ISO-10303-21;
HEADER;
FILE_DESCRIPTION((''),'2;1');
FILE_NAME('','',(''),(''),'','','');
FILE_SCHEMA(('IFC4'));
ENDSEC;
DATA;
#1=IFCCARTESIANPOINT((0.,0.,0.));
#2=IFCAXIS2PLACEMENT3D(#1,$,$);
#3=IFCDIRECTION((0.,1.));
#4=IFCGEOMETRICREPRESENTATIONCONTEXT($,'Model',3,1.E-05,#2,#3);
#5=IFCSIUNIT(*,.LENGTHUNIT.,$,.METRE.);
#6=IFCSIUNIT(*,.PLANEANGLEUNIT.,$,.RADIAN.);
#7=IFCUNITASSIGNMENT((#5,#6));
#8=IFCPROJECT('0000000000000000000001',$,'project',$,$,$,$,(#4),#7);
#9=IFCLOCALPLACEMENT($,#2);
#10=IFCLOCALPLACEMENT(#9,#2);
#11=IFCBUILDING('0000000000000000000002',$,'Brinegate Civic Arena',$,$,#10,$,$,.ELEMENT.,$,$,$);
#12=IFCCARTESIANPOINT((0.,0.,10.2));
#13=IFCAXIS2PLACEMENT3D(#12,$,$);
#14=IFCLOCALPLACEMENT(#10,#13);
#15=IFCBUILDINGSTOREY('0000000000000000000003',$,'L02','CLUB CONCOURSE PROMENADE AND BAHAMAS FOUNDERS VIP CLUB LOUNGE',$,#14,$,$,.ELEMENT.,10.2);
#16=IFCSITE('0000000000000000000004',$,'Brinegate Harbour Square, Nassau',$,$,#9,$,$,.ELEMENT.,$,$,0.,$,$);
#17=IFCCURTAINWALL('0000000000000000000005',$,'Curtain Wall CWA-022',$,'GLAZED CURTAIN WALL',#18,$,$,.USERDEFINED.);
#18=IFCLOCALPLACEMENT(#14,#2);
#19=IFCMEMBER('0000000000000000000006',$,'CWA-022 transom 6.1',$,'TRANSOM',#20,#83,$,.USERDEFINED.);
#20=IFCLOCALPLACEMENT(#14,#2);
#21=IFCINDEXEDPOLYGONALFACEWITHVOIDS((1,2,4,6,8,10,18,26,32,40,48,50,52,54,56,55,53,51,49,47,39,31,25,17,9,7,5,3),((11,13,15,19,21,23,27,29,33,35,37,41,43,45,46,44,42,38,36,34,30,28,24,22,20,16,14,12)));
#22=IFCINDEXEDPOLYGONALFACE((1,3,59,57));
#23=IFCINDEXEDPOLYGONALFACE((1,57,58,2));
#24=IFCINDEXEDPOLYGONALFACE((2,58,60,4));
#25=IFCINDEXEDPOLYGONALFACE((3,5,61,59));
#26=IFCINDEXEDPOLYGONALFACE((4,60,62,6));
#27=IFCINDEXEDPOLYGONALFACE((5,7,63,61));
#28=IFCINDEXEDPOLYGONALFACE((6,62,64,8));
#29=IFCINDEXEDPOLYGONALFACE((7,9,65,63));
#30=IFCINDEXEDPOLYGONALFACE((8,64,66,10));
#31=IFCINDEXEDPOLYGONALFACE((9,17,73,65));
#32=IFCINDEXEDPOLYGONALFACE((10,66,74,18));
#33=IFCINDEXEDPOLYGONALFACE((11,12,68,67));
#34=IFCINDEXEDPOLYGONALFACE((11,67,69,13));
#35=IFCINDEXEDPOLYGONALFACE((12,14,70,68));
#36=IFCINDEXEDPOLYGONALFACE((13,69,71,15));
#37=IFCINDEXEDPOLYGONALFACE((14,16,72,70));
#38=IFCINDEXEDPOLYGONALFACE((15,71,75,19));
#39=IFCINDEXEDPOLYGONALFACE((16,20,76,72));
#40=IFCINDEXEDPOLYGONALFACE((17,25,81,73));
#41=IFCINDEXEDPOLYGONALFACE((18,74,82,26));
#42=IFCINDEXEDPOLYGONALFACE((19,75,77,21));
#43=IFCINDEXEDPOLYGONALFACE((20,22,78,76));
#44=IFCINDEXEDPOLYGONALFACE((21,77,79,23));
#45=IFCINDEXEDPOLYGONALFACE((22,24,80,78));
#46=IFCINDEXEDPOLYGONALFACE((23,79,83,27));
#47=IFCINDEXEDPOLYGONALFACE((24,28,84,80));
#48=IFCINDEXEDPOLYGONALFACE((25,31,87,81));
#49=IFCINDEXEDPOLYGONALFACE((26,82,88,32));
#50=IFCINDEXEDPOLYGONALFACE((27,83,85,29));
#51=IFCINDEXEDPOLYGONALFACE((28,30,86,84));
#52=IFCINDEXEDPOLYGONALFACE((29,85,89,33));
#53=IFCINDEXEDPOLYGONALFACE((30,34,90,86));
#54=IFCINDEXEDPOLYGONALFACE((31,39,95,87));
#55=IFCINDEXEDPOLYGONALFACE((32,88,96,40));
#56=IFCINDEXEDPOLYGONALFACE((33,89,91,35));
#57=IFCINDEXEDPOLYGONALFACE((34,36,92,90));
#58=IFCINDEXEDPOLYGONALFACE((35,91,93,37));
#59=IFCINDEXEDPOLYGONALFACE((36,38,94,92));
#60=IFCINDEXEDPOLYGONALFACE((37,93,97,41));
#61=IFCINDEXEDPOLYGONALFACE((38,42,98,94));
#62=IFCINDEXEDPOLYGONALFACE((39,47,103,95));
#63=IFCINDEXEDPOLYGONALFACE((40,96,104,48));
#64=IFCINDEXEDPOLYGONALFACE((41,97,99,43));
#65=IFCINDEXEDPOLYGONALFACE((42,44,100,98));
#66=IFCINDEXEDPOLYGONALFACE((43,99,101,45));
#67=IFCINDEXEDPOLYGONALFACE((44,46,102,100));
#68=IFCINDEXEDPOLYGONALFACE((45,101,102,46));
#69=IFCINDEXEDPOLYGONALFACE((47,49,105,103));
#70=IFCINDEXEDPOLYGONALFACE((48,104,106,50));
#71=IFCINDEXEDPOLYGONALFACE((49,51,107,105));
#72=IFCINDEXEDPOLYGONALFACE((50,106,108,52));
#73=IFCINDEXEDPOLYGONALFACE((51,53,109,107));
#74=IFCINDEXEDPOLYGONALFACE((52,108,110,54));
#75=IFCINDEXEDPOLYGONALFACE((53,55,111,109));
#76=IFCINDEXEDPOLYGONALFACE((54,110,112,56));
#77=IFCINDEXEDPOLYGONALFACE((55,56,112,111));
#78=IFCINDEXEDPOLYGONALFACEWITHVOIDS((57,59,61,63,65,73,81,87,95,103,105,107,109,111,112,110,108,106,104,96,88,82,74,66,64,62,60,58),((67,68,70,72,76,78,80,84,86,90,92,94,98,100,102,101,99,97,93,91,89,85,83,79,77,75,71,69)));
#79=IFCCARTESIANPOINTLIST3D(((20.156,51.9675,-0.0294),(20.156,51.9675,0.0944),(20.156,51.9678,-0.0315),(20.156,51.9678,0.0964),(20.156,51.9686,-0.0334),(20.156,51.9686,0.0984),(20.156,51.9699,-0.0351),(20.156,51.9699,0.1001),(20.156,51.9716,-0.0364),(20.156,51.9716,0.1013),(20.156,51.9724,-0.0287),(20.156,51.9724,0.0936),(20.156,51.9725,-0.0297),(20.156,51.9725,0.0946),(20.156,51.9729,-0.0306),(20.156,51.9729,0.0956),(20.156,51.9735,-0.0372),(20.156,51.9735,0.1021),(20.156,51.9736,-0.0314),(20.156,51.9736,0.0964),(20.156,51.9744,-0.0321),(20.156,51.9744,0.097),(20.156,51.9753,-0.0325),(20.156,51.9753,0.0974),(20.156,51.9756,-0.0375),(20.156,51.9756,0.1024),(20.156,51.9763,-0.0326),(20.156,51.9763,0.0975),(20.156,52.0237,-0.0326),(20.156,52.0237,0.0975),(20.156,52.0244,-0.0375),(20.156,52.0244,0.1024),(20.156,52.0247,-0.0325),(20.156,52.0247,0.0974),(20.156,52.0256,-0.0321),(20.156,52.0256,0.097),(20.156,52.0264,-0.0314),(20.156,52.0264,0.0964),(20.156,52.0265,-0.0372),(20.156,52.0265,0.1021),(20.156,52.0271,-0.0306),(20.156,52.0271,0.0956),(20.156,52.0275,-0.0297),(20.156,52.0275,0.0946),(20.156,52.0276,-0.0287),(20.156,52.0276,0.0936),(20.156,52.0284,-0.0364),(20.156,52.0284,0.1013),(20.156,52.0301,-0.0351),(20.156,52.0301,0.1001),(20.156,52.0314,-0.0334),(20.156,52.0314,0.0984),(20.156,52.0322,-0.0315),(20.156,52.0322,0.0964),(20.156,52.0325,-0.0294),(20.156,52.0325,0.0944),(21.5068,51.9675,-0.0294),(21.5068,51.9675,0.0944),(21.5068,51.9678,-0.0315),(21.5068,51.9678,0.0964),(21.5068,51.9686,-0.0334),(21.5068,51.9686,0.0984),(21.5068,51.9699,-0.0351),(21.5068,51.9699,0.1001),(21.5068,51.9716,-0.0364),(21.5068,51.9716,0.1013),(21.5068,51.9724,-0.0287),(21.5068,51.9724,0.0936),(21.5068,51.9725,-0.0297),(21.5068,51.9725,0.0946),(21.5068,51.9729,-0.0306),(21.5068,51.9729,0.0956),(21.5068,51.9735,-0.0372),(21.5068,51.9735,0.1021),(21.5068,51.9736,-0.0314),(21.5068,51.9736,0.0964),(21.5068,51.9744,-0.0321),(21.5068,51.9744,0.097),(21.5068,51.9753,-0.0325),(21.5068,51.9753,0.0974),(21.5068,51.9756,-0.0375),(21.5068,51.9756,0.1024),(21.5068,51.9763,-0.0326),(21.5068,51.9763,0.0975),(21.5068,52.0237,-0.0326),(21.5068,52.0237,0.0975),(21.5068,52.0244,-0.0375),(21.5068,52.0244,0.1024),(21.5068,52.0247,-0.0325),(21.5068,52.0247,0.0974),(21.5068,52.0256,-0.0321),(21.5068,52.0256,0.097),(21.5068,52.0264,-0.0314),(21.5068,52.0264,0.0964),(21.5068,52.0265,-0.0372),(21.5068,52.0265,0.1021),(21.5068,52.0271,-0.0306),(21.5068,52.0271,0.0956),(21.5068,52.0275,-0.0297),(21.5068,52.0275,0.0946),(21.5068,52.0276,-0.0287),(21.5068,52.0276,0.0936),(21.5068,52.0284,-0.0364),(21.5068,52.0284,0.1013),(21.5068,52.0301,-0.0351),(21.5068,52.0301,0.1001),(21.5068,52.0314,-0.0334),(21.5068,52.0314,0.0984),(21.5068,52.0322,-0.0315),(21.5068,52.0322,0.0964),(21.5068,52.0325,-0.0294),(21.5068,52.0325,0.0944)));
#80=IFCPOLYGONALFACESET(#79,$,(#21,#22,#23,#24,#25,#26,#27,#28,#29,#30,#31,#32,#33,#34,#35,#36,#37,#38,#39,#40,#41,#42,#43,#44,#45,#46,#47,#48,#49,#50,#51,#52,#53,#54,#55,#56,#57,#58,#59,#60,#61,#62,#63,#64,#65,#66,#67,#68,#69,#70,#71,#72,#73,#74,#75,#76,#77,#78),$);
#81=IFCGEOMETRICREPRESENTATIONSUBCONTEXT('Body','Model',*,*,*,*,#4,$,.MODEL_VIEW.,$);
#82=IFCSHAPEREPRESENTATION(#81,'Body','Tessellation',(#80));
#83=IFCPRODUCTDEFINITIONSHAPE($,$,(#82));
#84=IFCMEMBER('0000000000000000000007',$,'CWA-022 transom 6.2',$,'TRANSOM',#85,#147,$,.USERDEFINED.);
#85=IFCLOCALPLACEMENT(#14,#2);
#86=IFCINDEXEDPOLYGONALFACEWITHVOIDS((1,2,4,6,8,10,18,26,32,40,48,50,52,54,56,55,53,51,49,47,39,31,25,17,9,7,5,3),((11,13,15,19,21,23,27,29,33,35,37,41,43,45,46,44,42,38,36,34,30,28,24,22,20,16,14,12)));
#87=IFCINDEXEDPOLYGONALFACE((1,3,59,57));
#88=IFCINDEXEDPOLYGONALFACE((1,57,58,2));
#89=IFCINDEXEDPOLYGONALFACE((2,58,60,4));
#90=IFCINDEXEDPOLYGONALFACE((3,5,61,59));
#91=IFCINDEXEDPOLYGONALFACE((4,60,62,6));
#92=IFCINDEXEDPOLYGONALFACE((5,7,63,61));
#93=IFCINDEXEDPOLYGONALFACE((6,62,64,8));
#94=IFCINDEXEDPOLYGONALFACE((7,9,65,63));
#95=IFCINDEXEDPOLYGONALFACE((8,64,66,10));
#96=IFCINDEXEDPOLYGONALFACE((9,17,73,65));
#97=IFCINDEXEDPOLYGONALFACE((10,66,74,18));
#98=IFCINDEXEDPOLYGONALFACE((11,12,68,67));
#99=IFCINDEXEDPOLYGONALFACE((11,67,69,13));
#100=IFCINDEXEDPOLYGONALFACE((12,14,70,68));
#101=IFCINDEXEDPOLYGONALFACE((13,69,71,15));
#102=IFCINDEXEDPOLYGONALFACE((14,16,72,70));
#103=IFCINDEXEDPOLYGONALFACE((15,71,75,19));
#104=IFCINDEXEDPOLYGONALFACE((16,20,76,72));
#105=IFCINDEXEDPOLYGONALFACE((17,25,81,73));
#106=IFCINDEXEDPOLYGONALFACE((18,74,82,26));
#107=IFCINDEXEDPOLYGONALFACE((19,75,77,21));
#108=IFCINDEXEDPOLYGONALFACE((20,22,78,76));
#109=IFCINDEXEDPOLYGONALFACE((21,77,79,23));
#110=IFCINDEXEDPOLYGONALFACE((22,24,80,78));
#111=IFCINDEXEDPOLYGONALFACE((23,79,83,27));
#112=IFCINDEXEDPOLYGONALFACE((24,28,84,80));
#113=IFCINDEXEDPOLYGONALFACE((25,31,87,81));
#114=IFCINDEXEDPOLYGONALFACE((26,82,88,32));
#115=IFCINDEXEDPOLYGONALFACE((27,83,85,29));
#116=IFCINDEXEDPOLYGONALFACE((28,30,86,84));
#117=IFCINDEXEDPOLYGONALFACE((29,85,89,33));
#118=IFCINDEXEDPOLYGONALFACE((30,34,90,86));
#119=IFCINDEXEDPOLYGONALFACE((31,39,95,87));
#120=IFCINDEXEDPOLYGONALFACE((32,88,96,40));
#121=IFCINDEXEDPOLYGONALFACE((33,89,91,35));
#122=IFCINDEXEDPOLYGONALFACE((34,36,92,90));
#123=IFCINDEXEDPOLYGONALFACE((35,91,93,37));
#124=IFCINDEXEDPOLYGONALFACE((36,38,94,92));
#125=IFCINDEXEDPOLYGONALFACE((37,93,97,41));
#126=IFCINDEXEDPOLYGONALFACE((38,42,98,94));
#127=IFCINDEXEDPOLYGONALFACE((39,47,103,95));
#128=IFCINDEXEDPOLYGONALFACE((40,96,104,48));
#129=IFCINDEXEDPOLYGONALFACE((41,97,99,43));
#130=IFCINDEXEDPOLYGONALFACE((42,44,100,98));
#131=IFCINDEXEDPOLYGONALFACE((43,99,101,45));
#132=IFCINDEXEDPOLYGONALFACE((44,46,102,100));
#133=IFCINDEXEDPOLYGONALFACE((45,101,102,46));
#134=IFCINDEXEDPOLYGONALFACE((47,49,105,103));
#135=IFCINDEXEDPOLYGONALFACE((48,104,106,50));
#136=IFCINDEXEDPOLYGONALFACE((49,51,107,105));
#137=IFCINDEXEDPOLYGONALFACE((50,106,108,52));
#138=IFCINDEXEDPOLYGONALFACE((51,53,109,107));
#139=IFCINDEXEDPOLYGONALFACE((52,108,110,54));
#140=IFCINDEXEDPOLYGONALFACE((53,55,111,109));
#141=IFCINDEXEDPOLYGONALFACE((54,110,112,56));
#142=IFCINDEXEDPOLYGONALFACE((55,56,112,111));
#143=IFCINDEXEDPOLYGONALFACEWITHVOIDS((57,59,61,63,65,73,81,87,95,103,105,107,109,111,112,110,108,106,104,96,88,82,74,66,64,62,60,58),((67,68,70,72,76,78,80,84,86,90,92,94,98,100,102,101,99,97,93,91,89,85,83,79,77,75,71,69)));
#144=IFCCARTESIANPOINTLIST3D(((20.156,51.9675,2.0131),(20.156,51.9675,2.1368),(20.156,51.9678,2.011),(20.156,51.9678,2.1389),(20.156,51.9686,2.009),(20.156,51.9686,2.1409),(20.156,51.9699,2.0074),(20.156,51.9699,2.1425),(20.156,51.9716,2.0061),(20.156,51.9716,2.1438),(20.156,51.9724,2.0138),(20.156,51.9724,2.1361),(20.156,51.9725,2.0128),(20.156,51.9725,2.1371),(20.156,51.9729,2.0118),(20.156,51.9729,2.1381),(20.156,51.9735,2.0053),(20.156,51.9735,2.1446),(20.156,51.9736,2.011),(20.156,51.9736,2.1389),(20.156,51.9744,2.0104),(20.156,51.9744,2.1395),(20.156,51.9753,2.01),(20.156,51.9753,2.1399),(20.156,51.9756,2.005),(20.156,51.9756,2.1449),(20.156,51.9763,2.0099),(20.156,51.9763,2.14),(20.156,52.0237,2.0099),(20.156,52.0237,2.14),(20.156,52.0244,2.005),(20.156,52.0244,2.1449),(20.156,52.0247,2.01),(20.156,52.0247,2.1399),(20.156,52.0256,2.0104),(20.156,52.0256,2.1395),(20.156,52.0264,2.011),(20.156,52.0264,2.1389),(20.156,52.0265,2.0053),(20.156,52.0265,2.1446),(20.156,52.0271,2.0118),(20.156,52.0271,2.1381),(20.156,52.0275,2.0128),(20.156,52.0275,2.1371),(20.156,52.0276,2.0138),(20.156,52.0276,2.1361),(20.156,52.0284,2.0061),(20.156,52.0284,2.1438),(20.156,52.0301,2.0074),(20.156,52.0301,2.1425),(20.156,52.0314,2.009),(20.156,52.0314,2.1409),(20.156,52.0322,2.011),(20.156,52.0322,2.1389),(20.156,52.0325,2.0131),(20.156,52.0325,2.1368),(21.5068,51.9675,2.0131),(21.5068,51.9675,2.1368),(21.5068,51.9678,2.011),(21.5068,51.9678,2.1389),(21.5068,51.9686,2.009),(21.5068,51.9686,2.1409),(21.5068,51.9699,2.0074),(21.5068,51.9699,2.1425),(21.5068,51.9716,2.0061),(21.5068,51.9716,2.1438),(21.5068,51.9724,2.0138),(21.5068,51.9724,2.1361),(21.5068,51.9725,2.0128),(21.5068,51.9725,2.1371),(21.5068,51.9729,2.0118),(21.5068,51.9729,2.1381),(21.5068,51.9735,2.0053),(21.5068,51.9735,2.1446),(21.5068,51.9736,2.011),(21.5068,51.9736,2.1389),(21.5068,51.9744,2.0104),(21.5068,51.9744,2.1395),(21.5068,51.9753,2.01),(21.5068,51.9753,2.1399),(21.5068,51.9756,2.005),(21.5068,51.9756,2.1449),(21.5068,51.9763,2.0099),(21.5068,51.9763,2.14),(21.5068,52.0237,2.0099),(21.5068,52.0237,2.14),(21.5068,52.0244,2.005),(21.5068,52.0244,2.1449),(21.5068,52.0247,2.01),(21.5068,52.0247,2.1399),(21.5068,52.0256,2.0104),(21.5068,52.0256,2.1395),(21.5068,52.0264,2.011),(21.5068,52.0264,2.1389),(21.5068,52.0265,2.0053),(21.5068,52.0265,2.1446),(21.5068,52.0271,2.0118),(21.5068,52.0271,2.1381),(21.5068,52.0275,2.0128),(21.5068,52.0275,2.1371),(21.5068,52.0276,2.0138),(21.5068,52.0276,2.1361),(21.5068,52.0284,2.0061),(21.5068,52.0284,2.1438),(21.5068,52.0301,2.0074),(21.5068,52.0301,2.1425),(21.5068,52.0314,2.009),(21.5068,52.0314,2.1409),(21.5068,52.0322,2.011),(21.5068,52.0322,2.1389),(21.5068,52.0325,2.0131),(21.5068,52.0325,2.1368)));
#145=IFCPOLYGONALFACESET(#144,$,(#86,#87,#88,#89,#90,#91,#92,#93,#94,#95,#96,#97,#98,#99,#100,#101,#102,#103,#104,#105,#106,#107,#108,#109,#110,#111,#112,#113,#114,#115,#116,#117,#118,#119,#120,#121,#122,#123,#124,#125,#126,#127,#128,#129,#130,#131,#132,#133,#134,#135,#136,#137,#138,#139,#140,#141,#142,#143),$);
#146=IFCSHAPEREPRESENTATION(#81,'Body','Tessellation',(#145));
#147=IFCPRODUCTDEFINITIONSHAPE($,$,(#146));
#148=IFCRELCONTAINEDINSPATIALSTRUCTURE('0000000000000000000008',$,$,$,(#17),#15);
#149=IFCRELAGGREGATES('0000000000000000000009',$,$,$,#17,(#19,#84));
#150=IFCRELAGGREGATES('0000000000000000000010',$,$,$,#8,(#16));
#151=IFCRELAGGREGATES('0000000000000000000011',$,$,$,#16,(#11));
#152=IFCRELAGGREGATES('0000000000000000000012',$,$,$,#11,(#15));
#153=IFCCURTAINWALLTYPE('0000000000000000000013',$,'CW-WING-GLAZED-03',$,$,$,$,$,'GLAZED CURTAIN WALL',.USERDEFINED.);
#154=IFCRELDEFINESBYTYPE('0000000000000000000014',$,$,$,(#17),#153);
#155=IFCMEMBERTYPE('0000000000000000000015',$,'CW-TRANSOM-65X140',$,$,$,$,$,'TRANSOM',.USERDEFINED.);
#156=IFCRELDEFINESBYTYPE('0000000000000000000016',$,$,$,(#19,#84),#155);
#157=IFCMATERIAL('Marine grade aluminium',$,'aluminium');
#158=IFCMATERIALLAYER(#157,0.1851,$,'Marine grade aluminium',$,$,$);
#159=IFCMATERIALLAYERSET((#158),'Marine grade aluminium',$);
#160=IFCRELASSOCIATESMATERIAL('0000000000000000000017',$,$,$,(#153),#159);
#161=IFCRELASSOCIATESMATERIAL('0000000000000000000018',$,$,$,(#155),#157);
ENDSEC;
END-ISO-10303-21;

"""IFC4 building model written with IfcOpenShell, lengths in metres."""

from ifc_helpers import new_model, si_unit, direction, frame, origin, origin_2d, place, context, subcontext, project, spatial, hollow_rectangle, extrude, material, layer, layer_set, material_profile, profile_set, type_object, element, aggregate, save


model = new_model("IFC4")

# Units and contexts
model_context = context("Model", 3, precision=1e-05, world=origin(), true_north=direction((0.0, 1.0)))
body_context = subcontext(model_context, "Body", "Model", "MODEL_VIEW")
ifc_project = project(units=[si_unit("LENGTHUNIT", "METRE"), si_unit("PLANEANGLEUNIT", "RADIAN")], contexts=[model_context])

# Site, building, storey
site_placement = place(None, origin())
site = spatial("IfcSite", under=ifc_project, at=site_placement, Name="Brinegate Harbour Square, Nassau", CompositionType="ELEMENT", RefElevation=0.0)
building_placement = place(site_placement, origin())
building = spatial("IfcBuilding", under=site, at=building_placement, Name="Brinegate Civic Arena", CompositionType="ELEMENT")
storey_placement = place(building_placement, frame((0.0, 0.0, 10.2)))
storey = spatial("IfcBuildingStorey", under=building, at=storey_placement, Name="L02", Description="CLUB CONCOURSE PROMENADE AND BAHAMAS FOUNDERS VIP CLUB LOUNGE", CompositionType="ELEMENT", Elevation=10.2)

# Curtain wall, members
ifc_material_1 = material(Name="Marine grade aluminium", Category="aluminium")
ifc_layer_1 = layer(ifc_material_1, 0.1851, Name="Marine grade aluminium")
ifc_layer_set_1 = layer_set([ifc_layer_1], Name="Marine grade aluminium")
curtain_wall_type = type_object("IfcCurtainWallType", Name="CW-WING-GLAZED-03", ElementType="GLAZED CURTAIN WALL", PredefinedType="USERDEFINED", material=ifc_layer_set_1)
curtain_wall_placement = place(storey_placement, origin())
curtain_wall = element("IfcCurtainWall", 1, at=curtain_wall_placement, inside=storey, type_object=curtain_wall_type, Name="Curtain Wall CWA-022", ObjectType="GLAZED CURTAIN WALL", PredefinedType="USERDEFINED")
ifc_material_profile_1 = material_profile(ifc_material_1, hollow_rectangle(XDim=0.0649, YDim=0.1399, WallThickness=0.0049, InnerFilletRadius=0.0039, OuterFilletRadius=0.0081, at=origin_2d()), Name="TRN65X140")
ifc_profile_set_1 = profile_set([ifc_material_profile_1], Name="Marine grade aluminium")
member_type_1 = type_object("IfcMemberType", Name="CW-TRANSOM-65X140", ElementType="TRANSOM", PredefinedType="USERDEFINED", material=ifc_profile_set_1)
member_1_placement = place(storey_placement, frame((20.156, 52.0, 0.0325), z_axis=(1.0, 0.0, 0.0), x_axis=(0.0, 1.0, 0.0)))
member_1 = element("IfcMember", 2, at=member_1_placement, type_object=member_type_1, Name="CWA-022 transom 6.1", ObjectType="TRANSOM", PredefinedType="USERDEFINED", context=body_context, shape_type="SweptSolid", body=[
    extrude(hollow_rectangle(XDim=0.0649, YDim=0.1399, WallThickness=0.0049, InnerFilletRadius=0.0039, OuterFilletRadius=0.0081, at=origin_2d()), origin(), (0.0, 0.0, 1.0), 1.3508),
])
member_2_placement = place(storey_placement, frame((20.156, 52.0, 2.075), z_axis=(1.0, 0.0, 0.0), x_axis=(0.0, 1.0, 0.0)))
member_2 = element("IfcMember", 3, at=member_2_placement, type_object=member_type_1, Name="CWA-022 transom 6.2", ObjectType="TRANSOM", PredefinedType="USERDEFINED", context=body_context, shape_type="SweptSolid", body=[
    extrude(hollow_rectangle(XDim=0.0649, YDim=0.1399, WallThickness=0.0049, InnerFilletRadius=0.0039, OuterFilletRadius=0.0081, at=origin_2d()), origin(), (0.0, 0.0, 1.0), 1.3508),
])
aggregate(curtain_wall, [member_1, member_2])

save(model, "model.ifc")
